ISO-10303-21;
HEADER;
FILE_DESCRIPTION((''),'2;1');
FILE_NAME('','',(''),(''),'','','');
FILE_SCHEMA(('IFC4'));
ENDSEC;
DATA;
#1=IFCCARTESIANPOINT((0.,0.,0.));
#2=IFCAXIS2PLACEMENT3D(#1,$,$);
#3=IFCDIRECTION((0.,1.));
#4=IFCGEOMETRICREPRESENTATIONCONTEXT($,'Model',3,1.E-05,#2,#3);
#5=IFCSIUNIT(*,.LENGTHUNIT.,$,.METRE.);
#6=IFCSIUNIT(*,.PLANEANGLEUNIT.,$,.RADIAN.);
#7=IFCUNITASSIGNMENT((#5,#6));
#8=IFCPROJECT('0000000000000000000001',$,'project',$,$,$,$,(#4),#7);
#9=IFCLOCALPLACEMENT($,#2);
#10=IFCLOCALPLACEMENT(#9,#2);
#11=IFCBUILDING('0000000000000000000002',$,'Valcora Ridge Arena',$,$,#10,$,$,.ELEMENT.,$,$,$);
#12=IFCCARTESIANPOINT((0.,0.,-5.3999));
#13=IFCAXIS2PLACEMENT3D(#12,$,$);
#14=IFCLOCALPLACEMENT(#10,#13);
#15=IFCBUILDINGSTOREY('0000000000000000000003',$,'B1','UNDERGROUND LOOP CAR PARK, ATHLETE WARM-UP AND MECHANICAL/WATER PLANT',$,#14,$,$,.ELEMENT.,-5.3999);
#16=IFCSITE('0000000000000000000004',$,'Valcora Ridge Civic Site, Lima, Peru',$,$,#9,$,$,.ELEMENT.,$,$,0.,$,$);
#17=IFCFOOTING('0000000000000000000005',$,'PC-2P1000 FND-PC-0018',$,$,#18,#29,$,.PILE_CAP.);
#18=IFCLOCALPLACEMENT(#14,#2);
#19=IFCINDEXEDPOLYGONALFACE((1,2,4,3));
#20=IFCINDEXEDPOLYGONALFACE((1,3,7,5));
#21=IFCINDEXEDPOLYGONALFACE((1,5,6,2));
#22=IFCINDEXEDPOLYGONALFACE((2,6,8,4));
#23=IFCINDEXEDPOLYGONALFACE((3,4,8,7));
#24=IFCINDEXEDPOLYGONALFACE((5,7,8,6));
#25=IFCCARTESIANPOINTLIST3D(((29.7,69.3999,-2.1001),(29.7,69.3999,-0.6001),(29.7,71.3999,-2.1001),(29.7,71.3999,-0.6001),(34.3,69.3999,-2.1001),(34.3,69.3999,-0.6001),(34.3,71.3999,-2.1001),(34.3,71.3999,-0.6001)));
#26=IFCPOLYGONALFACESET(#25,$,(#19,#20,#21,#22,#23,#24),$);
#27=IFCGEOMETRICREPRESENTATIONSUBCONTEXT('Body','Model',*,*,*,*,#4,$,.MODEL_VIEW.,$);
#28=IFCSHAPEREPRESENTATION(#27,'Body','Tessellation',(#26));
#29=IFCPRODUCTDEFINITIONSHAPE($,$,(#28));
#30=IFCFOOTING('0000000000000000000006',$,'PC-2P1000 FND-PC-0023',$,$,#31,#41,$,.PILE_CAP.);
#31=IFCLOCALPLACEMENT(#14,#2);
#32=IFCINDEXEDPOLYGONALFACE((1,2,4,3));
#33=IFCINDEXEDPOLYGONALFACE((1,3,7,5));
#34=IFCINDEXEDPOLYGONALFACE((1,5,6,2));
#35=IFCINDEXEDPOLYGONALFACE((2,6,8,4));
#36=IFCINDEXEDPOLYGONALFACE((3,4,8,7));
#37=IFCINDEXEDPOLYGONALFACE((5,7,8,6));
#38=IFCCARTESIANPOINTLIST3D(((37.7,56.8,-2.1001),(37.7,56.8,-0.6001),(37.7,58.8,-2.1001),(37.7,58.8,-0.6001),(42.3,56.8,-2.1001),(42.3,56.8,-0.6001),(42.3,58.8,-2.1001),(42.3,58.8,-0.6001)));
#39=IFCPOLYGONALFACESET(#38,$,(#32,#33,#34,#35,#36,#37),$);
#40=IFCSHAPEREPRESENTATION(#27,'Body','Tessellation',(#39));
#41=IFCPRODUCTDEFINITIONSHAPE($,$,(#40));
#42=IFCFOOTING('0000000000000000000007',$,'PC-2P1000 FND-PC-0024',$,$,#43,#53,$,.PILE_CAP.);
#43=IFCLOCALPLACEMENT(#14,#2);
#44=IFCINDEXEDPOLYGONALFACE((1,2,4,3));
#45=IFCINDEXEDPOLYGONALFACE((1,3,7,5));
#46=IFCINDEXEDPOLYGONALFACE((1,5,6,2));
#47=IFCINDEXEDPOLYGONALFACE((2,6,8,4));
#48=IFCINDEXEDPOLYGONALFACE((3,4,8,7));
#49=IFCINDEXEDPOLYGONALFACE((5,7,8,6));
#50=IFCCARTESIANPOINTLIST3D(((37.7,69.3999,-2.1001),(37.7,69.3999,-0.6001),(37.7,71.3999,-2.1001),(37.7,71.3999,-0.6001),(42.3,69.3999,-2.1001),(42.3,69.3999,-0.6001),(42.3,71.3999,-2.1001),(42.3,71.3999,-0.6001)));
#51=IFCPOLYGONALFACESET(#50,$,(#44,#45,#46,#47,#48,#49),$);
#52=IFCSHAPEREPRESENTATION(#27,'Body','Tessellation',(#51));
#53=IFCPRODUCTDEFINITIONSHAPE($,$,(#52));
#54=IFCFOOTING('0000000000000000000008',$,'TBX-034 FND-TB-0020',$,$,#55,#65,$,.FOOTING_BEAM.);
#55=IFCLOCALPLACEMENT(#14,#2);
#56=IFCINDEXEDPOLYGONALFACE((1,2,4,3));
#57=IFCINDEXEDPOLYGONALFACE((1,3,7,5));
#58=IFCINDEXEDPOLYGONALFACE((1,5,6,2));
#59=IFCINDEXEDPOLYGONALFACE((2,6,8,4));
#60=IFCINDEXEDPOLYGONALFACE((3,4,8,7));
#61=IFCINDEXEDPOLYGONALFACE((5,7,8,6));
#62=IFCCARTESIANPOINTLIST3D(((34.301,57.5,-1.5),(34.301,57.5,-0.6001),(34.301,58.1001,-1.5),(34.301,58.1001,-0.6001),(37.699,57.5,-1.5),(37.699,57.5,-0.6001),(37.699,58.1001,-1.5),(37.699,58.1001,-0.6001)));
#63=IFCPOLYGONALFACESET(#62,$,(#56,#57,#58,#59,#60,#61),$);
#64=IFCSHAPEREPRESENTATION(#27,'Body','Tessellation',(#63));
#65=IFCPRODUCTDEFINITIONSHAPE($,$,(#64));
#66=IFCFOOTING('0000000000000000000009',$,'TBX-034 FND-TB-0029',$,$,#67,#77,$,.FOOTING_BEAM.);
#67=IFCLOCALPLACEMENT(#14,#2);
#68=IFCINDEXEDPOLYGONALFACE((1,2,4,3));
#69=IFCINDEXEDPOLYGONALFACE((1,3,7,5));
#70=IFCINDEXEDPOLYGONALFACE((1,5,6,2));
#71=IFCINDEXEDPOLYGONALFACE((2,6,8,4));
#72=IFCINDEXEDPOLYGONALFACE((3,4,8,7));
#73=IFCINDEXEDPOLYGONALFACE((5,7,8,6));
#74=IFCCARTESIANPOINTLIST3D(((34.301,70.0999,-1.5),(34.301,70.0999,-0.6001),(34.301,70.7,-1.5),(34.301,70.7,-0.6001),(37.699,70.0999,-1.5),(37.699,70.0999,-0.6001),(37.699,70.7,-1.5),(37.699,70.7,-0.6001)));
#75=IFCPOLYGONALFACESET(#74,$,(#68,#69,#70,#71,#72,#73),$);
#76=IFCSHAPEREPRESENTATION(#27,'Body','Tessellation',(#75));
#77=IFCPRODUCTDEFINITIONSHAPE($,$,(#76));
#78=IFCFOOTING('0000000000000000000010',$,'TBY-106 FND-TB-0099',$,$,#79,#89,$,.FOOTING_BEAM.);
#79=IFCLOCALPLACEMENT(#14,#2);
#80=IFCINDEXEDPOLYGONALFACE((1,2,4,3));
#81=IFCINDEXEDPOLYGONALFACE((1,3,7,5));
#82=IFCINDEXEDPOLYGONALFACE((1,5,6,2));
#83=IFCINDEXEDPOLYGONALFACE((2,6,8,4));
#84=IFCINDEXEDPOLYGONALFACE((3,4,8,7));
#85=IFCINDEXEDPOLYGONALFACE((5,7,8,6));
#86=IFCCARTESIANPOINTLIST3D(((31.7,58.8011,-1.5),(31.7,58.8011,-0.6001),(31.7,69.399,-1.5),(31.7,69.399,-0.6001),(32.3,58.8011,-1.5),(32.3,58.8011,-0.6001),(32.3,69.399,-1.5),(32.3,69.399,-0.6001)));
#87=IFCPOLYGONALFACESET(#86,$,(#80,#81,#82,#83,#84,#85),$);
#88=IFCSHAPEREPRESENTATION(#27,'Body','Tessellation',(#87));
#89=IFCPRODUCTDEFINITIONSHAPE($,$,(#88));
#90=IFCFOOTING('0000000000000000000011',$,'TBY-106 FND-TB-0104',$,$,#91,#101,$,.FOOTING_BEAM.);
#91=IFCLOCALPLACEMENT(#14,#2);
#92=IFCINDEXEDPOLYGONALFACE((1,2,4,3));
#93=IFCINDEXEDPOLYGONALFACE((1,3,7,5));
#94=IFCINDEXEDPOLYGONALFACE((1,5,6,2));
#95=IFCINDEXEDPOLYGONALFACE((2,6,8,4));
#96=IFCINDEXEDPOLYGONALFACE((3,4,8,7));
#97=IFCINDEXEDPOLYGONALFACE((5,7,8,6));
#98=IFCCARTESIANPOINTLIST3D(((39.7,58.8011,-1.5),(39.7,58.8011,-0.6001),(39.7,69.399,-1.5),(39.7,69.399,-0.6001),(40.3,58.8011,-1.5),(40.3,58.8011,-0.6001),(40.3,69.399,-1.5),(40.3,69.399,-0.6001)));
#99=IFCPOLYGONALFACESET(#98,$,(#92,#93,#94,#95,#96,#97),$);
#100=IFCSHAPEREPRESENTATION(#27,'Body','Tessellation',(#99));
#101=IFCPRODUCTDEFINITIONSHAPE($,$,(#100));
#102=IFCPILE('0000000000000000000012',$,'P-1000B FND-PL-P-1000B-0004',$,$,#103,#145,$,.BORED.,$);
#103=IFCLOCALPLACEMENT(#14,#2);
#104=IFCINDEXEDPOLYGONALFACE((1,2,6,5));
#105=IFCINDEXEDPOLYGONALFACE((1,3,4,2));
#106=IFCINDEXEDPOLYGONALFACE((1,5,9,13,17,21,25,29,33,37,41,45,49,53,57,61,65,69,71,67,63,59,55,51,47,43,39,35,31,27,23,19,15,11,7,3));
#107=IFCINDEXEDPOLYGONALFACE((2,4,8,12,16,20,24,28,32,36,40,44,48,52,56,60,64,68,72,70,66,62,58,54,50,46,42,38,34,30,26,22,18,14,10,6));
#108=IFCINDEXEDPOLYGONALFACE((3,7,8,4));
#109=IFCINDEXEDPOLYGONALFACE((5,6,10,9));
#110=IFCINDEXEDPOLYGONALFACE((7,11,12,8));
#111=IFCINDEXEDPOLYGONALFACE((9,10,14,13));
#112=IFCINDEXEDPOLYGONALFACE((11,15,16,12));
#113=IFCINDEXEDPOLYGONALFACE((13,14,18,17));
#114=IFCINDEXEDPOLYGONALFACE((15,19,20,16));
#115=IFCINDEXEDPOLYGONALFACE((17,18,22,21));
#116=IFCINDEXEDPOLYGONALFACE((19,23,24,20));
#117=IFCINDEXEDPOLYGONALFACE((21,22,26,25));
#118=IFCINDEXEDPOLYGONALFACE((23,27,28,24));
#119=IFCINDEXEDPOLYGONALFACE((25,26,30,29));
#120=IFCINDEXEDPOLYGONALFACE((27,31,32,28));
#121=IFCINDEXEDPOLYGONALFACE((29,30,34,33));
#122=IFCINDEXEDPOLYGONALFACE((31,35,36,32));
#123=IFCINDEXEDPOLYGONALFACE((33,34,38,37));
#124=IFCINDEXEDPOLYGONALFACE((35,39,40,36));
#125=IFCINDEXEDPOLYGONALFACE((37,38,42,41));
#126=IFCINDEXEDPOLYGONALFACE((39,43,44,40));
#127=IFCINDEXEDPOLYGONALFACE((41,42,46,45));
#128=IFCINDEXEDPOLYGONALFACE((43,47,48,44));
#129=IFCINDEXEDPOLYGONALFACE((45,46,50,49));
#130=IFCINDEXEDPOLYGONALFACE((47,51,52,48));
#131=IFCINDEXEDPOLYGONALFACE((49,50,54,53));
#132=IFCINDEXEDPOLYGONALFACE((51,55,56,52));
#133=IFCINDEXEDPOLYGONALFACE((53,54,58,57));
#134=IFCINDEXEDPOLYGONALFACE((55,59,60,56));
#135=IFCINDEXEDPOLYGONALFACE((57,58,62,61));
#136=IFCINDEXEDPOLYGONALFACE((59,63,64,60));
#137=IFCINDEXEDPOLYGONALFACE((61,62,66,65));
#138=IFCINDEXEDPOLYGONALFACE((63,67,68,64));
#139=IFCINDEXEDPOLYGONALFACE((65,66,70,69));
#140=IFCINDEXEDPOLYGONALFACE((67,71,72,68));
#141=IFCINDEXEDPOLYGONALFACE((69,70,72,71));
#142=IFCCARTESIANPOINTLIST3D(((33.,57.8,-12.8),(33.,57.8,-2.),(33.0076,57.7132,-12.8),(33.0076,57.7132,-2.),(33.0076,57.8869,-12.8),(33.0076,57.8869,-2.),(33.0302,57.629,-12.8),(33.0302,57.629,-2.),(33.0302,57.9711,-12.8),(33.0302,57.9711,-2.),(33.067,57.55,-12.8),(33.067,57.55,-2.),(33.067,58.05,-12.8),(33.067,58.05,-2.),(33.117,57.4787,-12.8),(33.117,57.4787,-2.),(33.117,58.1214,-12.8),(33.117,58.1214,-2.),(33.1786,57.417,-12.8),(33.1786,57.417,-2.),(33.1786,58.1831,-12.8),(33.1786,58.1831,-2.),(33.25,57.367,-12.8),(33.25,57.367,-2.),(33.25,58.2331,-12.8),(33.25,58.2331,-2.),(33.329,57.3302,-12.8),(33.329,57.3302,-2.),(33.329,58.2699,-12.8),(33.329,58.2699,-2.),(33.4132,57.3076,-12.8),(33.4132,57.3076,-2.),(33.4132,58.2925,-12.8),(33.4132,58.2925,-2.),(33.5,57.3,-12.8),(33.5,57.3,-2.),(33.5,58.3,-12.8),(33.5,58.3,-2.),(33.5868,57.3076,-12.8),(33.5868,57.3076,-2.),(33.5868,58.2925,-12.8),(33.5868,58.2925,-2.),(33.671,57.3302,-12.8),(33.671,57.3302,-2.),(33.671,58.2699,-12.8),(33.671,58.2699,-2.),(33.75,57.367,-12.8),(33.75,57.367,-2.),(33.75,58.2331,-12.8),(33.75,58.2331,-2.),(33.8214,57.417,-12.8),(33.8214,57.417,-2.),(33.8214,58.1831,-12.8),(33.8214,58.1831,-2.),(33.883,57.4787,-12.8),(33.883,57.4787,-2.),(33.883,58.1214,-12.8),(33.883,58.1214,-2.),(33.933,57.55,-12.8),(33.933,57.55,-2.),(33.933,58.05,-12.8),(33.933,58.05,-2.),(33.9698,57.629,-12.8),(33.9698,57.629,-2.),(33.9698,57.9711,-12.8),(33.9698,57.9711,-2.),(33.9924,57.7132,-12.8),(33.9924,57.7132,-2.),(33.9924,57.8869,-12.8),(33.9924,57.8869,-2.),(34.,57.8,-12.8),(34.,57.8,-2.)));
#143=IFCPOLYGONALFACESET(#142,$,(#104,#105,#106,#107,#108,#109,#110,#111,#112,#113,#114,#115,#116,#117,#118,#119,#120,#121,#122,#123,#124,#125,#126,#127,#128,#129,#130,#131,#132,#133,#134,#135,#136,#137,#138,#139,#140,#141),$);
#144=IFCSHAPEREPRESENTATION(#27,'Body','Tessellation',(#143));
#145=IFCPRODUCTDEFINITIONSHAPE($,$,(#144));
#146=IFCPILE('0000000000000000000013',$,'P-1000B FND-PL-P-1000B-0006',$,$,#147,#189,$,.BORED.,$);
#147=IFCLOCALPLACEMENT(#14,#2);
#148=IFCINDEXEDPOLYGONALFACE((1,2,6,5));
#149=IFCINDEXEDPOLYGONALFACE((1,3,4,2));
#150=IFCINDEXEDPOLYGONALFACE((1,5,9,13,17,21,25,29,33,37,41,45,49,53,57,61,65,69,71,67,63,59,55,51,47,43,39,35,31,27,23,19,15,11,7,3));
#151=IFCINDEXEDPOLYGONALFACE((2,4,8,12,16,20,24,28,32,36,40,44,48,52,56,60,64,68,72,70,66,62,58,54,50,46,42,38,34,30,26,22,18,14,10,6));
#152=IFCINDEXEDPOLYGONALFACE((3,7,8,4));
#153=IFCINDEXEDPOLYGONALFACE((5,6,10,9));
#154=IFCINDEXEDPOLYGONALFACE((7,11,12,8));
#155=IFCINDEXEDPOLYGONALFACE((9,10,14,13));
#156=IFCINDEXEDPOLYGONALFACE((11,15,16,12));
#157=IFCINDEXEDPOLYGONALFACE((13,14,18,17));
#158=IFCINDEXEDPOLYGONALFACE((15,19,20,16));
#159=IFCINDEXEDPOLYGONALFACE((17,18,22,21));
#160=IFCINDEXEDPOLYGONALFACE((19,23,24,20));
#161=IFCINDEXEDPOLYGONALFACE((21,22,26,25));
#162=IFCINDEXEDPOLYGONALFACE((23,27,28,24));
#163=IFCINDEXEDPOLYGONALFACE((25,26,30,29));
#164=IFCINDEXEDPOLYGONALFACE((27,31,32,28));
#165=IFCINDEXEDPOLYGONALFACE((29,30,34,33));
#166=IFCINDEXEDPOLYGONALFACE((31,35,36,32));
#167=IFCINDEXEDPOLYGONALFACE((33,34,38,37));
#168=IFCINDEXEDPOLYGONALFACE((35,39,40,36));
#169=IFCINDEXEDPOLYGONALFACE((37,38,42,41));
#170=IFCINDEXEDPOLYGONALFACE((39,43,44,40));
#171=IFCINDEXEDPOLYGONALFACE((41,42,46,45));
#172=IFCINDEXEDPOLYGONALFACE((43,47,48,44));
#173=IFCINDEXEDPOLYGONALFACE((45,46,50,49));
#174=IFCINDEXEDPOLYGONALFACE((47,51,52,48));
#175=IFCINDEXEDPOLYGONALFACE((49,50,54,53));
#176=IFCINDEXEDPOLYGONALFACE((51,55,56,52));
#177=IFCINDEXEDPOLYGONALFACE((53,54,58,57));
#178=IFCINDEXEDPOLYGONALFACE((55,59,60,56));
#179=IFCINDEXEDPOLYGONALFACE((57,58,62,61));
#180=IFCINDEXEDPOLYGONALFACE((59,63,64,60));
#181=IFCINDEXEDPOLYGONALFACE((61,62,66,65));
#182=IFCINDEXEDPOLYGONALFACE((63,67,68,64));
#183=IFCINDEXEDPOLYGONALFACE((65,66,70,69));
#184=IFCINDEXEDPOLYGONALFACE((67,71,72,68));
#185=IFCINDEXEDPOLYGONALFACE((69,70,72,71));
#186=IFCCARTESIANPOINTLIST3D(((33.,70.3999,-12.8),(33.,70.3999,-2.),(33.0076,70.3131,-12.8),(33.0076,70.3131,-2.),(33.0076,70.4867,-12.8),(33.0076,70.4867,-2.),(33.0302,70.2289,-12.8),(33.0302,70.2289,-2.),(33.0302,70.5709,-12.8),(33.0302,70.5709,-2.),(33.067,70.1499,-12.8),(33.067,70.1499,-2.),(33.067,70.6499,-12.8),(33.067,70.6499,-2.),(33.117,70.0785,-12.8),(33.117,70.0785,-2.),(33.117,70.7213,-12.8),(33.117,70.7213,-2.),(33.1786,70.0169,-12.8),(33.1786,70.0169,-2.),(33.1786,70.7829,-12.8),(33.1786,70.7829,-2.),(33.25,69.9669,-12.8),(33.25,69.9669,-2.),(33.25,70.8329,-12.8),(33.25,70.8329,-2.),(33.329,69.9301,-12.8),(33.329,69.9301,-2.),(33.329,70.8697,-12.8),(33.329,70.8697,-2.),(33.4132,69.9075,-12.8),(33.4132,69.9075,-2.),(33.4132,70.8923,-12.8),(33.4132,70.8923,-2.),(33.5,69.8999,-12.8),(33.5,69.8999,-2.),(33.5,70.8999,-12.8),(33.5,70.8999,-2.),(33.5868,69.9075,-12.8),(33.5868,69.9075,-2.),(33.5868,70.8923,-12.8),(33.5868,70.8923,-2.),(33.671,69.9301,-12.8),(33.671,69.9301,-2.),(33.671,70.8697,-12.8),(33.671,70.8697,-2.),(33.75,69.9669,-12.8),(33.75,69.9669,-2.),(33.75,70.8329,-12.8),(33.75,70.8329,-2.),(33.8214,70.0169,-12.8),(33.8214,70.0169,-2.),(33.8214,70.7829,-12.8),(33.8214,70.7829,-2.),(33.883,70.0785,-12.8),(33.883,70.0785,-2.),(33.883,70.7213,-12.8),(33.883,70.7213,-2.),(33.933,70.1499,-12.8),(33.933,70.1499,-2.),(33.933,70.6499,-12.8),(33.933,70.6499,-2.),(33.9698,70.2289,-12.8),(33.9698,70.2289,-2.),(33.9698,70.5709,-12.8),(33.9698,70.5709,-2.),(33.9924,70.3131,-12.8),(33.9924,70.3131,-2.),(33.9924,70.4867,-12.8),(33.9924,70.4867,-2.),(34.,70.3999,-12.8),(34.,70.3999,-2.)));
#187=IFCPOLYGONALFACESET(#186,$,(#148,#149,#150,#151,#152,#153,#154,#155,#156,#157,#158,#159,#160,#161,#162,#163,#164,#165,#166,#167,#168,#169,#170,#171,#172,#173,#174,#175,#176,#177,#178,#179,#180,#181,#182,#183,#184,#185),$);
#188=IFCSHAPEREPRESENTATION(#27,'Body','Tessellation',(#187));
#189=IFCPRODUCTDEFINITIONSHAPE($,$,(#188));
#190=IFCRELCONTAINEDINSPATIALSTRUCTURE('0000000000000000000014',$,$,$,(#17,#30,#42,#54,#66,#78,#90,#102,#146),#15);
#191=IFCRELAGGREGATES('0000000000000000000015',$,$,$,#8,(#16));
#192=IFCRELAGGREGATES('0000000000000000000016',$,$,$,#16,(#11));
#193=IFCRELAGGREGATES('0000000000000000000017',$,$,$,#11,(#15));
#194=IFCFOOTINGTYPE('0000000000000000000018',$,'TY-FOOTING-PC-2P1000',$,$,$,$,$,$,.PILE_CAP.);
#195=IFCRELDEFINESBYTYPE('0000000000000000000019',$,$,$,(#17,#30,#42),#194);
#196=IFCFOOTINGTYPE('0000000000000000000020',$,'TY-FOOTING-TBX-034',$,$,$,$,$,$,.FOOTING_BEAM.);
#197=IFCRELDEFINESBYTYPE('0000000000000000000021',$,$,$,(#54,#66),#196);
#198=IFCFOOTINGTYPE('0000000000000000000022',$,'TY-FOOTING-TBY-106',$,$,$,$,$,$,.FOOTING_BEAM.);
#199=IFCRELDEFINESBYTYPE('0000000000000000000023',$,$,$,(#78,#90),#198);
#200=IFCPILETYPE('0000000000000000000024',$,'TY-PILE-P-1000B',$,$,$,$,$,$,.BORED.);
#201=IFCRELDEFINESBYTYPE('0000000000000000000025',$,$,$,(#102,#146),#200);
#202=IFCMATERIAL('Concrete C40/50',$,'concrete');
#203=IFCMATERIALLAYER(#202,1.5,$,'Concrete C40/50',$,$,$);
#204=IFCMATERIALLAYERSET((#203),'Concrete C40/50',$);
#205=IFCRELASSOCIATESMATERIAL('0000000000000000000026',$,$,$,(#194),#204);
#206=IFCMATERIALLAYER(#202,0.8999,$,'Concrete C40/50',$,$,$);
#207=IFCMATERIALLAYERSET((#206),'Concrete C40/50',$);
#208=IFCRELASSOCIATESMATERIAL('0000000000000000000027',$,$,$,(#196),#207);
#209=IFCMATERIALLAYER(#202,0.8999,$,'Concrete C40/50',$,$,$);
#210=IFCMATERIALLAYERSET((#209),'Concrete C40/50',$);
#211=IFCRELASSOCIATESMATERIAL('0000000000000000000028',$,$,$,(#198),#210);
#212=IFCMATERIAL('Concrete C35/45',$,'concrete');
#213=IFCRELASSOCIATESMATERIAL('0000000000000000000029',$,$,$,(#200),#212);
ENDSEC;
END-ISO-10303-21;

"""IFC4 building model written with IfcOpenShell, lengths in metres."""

from ifc_helpers import new_model, si_unit, direction, frame, origin, origin_2d, place, context, subcontext, project, spatial, rectangle, circle, extrude, material, layer, layer_set, material_profile, profile_set, type_object, element, save


model = new_model("IFC4")

# Units and contexts
model_context = context("Model", 3, precision=1e-05, world=origin(), true_north=direction((0.0, 1.0)))
body_context = subcontext(model_context, "Body", "Model", "MODEL_VIEW")
ifc_project = project(units=[si_unit("LENGTHUNIT", "METRE"), si_unit("PLANEANGLEUNIT", "RADIAN")], contexts=[model_context])

# Site, building, storey
site_placement = place(None, origin())
site = spatial("IfcSite", under=ifc_project, at=site_placement, Name="Valcora Ridge Civic Site, Lima, Peru", CompositionType="ELEMENT", RefElevation=0.0)
building_placement = place(site_placement, origin())
building = spatial("IfcBuilding", under=site, at=building_placement, Name="Valcora Ridge Arena", CompositionType="ELEMENT")
storey_placement = place(building_placement, frame((0.0, 0.0, -5.3999)))
storey = spatial("IfcBuildingStorey", under=building, at=storey_placement, Name="B1", Description="UNDERGROUND LOOP CAR PARK, ATHLETE WARM-UP AND MECHANICAL/WATER PLANT", CompositionType="ELEMENT", Elevation=-5.3999)

# Footings
ifc_material_1 = material(Name="Concrete C40/50", Category="concrete")
ifc_layer_1 = layer(ifc_material_1, 1.5, Name="Concrete C40/50")
ifc_layer_set_1 = layer_set([ifc_layer_1], Name="Concrete C40/50")
footing_type_1 = type_object("IfcFootingType", Name="TY-FOOTING-PC-2P1000", PredefinedType="PILE_CAP", material=ifc_layer_set_1)
for number, where, z_axis, x_axis, name in (
    (1, (32.0, 70.3999, -2.1001), (0.0, 0.0, 1.0), (1.0, 0.0, 0.0), "PC-2P1000 FND-PC-0018"),
    (2, (40.0, 57.8, -2.1001), (0.0, 0.0, 1.0), (1.0, 0.0, 0.0), "PC-2P1000 FND-PC-0023"),
    (3, (40.0, 70.3999, -2.1001), (0.0, 0.0, 1.0), (1.0, 0.0, 0.0), "PC-2P1000 FND-PC-0024"),
):
    element("IfcFooting", number, at=place(storey_placement, frame(where, z_axis=z_axis, x_axis=x_axis)), inside=storey, type_object=footing_type_1, Name=name, PredefinedType="PILE_CAP", context=body_context, shape_type="SweptSolid", body=[
        extrude(rectangle(XDim=4.6001, YDim=2.0, at=origin_2d()), origin(), (0.0, 0.0, 1.0), 1.5),
    ])
ifc_layer_2 = layer(ifc_material_1, 0.8999, Name="Concrete C40/50")
ifc_layer_set_2 = layer_set([ifc_layer_2], Name="Concrete C40/50")
footing_type_2 = type_object("IfcFootingType", Name="TY-FOOTING-TBX-034", PredefinedType="FOOTING_BEAM", material=ifc_layer_set_2)
for number, where, z_axis, x_axis, name in (
    (4, (36.0, 57.8, -1.5), (0.0, 0.0, 1.0), (1.0, 0.0, 0.0), "TBX-034 FND-TB-0020"),
    (5, (36.0, 70.3999, -1.5), (0.0, 0.0, 1.0), (1.0, 0.0, 0.0), "TBX-034 FND-TB-0029"),
):
    element("IfcFooting", number, at=place(storey_placement, frame(where, z_axis=z_axis, x_axis=x_axis)), inside=storey, type_object=footing_type_2, Name=name, PredefinedType="FOOTING_BEAM", context=body_context, shape_type="SweptSolid", body=[
        extrude(rectangle(XDim=3.3979, YDim=0.6001, at=origin_2d()), origin(), (0.0, 0.0, 1.0), 0.8999),
    ])
ifc_layer_3 = layer(ifc_material_1, 0.8999, Name="Concrete C40/50")
ifc_layer_set_3 = layer_set([ifc_layer_3], Name="Concrete C40/50")
footing_type_3 = type_object("IfcFootingType", Name="TY-FOOTING-TBY-106", PredefinedType="FOOTING_BEAM", material=ifc_layer_set_3)
for number, where, z_axis, x_axis, name in (
    (6, (32.0, 64.1001, -1.5), (0.0, 0.0, 1.0), (1.0, 0.0, 0.0), "TBY-106 FND-TB-0099"),
    (7, (40.0, 64.1001, -1.5), (0.0, 0.0, 1.0), (1.0, 0.0, 0.0), "TBY-106 FND-TB-0104"),
):
    element("IfcFooting", number, at=place(storey_placement, frame(where, z_axis=z_axis, x_axis=x_axis)), inside=storey, type_object=footing_type_3, Name=name, PredefinedType="FOOTING_BEAM", context=body_context, shape_type="SweptSolid", body=[
        extrude(rectangle(XDim=0.6001, YDim=10.5979, at=origin_2d()), origin(), (0.0, 0.0, 1.0), 0.8999),
    ])

# Piles
ifc_material_2 = material(Name="Concrete C35/45", Category="concrete")
ifc_material_profile_1 = material_profile(ifc_material_2, circle(Radius=0.5, at=origin_2d()), Name="BORED PILE D1000")
ifc_profile_set_1 = profile_set([ifc_material_profile_1], Name="Concrete C35/45")
pile_type = type_object("IfcPileType", Name="TY-PILE-P-1000B", PredefinedType="BORED", material=ifc_profile_set_1)
for number, where, z_axis, x_axis, name in (
    (8, (33.5, 57.8, -2.0), (0.0, 0.0, -1.0), (1.0, 0.0, 0.0), "P-1000B FND-PL-P-1000B-0004"),
    (9, (33.5, 70.3999, -2.0), (0.0, 0.0, -1.0), (1.0, 0.0, 0.0), "P-1000B FND-PL-P-1000B-0006"),
):
    element("IfcPile", number, at=place(storey_placement, frame(where, z_axis=z_axis, x_axis=x_axis)), inside=storey, type_object=pile_type, Name=name, PredefinedType="BORED", context=body_context, shape_type="SweptSolid", body=[
        extrude(circle(Radius=0.5, at=origin_2d()), origin(), (0.0, 0.0, 1.0), 10.8),
    ])

save(model, "model.ifc")
